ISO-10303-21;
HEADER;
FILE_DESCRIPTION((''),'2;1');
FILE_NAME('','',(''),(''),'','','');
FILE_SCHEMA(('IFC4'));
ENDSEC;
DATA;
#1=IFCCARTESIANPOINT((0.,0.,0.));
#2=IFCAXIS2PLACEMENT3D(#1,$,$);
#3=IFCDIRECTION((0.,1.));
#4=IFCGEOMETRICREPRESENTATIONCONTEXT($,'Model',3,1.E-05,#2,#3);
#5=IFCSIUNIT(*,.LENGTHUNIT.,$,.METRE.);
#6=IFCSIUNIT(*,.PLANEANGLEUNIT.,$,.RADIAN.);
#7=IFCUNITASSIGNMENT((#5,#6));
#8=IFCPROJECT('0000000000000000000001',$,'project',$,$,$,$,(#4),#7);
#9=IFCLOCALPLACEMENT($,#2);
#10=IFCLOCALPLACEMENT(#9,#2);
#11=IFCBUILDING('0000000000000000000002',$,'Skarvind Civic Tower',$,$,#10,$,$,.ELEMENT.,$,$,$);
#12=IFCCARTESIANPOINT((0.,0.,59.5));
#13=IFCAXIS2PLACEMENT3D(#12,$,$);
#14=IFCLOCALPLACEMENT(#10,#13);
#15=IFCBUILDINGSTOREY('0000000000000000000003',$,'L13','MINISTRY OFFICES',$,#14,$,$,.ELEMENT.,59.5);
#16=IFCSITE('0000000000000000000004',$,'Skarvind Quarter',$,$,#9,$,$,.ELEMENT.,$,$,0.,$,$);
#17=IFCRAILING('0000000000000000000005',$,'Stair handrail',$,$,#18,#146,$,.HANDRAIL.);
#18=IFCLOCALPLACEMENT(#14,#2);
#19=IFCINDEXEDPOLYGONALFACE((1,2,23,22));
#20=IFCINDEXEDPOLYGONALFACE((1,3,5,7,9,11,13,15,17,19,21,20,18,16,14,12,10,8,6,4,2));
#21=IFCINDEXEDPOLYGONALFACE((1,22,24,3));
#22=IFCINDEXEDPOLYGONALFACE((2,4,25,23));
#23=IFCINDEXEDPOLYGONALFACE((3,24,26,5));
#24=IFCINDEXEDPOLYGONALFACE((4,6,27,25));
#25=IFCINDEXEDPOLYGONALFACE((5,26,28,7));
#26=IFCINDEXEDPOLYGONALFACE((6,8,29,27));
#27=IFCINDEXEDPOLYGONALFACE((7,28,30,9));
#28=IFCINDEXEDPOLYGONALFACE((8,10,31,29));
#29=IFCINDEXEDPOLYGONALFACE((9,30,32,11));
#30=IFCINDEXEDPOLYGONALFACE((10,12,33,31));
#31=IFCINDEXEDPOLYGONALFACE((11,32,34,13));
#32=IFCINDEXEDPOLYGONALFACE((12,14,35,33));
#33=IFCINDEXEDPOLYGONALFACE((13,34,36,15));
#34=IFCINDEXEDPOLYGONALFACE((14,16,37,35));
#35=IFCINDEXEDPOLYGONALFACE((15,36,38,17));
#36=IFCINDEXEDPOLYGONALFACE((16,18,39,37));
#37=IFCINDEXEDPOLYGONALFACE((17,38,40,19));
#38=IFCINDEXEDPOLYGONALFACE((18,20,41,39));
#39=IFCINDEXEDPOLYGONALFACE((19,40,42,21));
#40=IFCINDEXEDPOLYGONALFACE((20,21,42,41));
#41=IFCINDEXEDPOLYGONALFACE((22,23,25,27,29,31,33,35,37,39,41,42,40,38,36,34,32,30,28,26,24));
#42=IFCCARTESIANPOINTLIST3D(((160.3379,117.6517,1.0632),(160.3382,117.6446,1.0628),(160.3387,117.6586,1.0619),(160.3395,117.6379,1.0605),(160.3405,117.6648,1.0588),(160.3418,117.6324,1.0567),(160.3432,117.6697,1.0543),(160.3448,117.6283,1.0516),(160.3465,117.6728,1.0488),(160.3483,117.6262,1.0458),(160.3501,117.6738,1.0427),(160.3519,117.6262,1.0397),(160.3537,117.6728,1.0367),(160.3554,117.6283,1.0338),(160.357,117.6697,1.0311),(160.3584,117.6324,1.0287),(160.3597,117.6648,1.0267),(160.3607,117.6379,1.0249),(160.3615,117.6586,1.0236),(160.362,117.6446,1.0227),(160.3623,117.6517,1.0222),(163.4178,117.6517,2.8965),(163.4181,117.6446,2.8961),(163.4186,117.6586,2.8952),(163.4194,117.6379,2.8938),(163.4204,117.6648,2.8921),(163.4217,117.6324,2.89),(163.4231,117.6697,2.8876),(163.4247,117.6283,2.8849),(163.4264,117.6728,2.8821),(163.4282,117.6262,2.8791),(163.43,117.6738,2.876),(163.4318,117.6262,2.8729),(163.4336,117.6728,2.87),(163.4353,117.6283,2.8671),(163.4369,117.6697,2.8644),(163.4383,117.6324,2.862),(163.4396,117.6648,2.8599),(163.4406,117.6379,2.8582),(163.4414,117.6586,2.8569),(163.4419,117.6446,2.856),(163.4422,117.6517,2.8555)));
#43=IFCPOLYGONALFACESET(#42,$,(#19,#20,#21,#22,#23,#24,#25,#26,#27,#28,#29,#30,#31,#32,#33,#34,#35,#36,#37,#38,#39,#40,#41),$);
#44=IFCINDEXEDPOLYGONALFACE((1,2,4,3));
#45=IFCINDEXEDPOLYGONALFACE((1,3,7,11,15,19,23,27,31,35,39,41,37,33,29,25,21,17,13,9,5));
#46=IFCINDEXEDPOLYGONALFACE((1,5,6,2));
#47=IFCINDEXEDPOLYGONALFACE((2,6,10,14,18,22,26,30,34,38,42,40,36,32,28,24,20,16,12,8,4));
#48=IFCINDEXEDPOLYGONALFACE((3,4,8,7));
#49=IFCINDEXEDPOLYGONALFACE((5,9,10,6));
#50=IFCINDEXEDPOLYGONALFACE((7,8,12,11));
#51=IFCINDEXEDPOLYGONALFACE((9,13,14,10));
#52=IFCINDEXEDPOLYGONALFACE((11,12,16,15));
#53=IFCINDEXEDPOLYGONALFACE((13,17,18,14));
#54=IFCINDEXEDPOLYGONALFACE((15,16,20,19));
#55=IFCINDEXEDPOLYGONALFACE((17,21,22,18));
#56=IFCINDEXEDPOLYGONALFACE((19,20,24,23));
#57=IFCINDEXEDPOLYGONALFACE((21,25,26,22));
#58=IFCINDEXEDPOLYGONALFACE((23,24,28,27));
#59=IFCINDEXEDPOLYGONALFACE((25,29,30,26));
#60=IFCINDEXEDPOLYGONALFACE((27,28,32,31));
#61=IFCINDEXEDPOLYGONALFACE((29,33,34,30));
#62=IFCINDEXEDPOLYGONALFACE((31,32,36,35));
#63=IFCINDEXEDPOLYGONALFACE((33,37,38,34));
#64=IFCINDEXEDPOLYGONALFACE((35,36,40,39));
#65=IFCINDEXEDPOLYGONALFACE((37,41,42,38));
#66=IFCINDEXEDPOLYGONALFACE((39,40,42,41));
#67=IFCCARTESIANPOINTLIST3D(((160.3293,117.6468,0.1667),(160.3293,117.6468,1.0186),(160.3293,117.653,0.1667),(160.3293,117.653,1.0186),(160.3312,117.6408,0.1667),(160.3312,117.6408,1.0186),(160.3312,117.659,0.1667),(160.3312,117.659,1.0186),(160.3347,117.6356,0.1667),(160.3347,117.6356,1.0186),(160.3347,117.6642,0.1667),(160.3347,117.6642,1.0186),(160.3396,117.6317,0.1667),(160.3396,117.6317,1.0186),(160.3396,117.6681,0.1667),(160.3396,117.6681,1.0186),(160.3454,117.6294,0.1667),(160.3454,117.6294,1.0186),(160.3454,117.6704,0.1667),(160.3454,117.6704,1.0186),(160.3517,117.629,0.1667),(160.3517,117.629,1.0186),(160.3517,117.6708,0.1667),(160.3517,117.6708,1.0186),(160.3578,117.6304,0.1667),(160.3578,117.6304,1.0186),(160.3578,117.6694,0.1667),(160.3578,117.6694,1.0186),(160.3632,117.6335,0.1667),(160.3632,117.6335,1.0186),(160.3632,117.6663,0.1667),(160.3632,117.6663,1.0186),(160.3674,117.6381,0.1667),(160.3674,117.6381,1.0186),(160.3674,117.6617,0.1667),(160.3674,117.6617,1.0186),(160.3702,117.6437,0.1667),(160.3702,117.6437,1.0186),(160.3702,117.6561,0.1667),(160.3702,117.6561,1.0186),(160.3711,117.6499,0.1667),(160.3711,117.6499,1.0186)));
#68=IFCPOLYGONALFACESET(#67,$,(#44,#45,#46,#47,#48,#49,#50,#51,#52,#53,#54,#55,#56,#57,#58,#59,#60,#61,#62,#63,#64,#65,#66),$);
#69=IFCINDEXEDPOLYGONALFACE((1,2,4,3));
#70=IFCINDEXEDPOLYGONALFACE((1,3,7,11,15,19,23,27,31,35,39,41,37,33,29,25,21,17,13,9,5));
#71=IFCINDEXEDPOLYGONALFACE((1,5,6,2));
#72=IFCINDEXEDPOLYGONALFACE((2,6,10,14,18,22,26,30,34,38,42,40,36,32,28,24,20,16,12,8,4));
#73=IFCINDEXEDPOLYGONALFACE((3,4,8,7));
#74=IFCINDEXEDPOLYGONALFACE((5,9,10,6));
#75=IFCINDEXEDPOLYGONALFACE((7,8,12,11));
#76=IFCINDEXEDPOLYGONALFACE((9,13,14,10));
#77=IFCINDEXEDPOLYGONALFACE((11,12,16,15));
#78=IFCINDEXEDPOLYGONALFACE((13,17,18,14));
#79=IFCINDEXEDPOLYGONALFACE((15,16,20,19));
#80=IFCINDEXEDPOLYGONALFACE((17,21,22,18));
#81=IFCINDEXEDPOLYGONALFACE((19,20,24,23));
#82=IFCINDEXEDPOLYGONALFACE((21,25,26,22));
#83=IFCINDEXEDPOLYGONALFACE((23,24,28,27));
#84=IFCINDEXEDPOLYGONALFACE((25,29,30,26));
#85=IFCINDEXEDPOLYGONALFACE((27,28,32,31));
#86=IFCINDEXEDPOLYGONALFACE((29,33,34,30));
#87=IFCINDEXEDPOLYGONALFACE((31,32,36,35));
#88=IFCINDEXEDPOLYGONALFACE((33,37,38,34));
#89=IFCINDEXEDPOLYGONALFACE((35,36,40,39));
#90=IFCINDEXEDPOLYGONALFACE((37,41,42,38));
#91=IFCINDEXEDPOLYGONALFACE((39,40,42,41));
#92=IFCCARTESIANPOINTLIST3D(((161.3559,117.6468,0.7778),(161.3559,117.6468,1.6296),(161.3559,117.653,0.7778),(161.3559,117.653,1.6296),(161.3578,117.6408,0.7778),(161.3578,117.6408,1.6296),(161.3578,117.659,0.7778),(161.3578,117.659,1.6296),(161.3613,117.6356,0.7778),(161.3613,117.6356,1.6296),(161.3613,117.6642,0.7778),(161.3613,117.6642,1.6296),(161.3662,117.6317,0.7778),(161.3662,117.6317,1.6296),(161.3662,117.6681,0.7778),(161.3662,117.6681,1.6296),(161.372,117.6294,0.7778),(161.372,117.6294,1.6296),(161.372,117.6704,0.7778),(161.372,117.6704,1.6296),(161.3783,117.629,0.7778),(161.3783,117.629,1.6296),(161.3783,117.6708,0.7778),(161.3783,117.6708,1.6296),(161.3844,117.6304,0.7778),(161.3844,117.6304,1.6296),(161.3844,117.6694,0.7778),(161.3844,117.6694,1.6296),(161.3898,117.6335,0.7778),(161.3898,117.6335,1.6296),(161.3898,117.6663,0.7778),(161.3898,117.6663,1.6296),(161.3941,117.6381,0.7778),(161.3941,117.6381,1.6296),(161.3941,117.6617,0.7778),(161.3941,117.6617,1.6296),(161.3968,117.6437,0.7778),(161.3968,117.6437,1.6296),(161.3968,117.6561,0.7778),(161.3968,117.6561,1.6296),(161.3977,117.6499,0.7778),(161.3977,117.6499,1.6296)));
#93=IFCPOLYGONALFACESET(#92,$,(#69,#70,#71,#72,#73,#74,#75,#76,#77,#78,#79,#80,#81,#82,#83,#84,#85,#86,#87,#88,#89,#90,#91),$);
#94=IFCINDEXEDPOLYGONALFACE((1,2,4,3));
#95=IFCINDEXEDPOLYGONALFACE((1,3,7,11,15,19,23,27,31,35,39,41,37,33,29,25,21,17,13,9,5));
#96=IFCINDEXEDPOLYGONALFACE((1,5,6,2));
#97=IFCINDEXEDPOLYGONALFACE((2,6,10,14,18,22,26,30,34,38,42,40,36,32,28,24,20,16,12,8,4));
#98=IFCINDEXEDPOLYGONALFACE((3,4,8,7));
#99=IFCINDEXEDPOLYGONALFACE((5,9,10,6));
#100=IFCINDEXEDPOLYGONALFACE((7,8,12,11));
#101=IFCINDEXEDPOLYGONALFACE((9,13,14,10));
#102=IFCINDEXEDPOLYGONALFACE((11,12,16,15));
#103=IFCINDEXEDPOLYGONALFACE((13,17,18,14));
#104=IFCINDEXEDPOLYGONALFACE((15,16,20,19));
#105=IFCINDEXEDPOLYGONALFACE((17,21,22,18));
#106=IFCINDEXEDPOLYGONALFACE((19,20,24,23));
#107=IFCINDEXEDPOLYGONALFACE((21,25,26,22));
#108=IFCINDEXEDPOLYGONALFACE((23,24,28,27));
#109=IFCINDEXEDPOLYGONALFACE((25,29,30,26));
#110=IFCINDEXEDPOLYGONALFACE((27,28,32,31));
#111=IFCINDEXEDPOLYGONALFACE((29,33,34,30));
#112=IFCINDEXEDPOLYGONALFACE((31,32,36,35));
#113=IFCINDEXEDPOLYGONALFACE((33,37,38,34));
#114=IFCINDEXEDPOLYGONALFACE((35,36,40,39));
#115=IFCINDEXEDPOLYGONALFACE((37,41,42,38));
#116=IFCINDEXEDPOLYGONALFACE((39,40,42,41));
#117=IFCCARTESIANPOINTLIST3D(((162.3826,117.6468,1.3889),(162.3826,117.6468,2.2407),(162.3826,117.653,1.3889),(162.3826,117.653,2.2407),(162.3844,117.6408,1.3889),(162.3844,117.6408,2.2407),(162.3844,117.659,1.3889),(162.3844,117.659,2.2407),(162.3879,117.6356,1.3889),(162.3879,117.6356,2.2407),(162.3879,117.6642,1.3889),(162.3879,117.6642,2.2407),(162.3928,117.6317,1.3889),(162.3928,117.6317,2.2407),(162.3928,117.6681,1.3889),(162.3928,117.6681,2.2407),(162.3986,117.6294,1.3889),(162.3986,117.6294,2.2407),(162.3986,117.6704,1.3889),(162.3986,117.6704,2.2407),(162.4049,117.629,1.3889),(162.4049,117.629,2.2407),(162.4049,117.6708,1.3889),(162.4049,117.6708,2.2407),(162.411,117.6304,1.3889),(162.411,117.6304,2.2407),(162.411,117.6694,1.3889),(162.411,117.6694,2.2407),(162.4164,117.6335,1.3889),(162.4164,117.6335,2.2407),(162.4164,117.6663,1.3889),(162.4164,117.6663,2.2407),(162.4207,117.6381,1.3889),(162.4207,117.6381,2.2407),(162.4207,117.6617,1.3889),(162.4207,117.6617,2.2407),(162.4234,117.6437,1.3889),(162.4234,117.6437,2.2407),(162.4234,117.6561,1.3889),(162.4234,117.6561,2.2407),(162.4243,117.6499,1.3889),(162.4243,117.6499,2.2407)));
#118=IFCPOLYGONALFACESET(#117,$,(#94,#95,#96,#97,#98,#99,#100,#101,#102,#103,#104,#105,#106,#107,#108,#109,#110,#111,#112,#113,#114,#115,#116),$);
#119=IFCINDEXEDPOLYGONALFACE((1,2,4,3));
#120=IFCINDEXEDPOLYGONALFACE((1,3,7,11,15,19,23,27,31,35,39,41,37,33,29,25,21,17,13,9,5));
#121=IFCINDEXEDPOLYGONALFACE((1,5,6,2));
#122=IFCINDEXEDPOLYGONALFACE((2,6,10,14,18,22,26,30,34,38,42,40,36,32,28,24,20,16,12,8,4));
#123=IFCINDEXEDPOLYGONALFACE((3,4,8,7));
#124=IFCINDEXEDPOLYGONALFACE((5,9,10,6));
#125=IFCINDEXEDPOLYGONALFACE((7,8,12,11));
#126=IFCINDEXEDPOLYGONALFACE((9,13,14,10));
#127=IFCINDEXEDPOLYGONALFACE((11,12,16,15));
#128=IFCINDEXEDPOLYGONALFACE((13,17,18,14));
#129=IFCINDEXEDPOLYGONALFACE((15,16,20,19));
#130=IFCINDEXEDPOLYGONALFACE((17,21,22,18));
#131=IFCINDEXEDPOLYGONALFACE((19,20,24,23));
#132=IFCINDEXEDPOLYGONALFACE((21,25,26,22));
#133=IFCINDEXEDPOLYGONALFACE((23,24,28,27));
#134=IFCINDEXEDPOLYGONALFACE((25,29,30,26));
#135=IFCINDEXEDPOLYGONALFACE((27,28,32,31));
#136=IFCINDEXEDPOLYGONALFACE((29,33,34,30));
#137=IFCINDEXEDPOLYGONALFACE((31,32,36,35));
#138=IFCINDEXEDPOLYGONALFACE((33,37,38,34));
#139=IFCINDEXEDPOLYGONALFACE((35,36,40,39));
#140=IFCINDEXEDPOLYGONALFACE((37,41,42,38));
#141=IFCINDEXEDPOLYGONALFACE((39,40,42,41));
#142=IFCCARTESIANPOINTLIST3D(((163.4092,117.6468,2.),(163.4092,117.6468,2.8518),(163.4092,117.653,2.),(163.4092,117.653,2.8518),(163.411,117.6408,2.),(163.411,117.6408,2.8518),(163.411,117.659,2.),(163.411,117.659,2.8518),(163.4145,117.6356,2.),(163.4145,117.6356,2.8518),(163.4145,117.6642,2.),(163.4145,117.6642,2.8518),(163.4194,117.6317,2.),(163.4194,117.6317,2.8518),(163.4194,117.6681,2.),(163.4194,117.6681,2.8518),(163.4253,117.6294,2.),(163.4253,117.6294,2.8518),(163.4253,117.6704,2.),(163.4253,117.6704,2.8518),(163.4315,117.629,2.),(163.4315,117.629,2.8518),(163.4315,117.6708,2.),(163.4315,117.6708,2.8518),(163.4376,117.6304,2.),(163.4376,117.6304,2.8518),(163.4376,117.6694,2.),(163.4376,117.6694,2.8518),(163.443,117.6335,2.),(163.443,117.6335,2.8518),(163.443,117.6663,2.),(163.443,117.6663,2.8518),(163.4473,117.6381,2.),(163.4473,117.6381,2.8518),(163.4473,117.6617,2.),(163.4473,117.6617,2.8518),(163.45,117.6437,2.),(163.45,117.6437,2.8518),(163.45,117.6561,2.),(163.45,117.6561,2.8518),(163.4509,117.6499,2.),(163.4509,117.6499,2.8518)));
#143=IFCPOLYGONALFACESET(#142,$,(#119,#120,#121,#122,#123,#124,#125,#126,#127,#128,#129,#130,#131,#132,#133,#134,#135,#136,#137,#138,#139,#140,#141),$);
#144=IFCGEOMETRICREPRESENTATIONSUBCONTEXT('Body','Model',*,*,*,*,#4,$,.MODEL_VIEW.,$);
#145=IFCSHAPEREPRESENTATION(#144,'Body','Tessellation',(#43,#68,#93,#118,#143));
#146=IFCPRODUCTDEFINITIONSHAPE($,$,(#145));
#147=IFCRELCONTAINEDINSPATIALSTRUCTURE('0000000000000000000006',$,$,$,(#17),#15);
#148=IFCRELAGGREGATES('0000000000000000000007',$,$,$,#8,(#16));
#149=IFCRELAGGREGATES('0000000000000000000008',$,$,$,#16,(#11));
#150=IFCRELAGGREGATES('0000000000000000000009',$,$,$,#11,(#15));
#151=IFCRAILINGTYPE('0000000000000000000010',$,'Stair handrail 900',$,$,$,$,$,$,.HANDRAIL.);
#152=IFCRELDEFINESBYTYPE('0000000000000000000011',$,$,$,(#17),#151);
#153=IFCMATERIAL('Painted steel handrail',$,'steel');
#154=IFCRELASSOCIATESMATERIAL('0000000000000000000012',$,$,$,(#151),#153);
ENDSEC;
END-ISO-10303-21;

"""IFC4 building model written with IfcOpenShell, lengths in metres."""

from ifc_helpers import new_model, si_unit, direction, frame, origin, origin_2d, place, context, subcontext, project, spatial, circle, extrude, material, type_object, element, save


model = new_model("IFC4")

# Units and contexts
model_context = context("Model", 3, precision=1e-05, world=origin(), true_north=direction((0.0, 1.0)))
body_context = subcontext(model_context, "Body", "Model", "MODEL_VIEW")
ifc_project = project(units=[si_unit("LENGTHUNIT", "METRE"), si_unit("PLANEANGLEUNIT", "RADIAN")], contexts=[model_context])

# Site, building, storey
site_placement = place(None, origin())
site = spatial("IfcSite", under=ifc_project, at=site_placement, Name="Skarvind Quarter", CompositionType="ELEMENT", RefElevation=0.0)
building_placement = place(site_placement, origin())
building = spatial("IfcBuilding", under=site, at=building_placement, Name="Skarvind Civic Tower", CompositionType="ELEMENT")
storey_placement = place(building_placement, frame((0.0, 0.0, 59.5)))
storey = spatial("IfcBuildingStorey", under=building, at=storey_placement, Name="L13", Description="MINISTRY OFFICES", CompositionType="ELEMENT", Elevation=59.5)

# Railing
ifc_material_1 = material(Name="Painted steel handrail", Category="steel")
railing_type = type_object("IfcRailingType", Name="Stair handrail 900", PredefinedType="HANDRAIL", material=ifc_material_1)
railing_placement = place(storey_placement, frame((160.3501, 117.6499, 0.1667)))
element("IfcRailing", 1, at=railing_placement, inside=storey, type_object=railing_type, Name="Stair handrail", PredefinedType="HANDRAIL", context=body_context, shape_type="SweptSolid", body=[
    extrude(circle(Radius=0.0239, at=origin_2d()), frame((0.0, 0.0, 0.876), z_axis=(0.859291, 0.0, 0.511487), x_axis=(0.0, 1.0, 0.0)), (0.0, 0.0, 1.0), 3.5842),
    extrude(circle(Radius=0.021, at=origin_2d()), origin(), (0.0, 0.0, 1.0), 0.8518),
    extrude(circle(Radius=0.021, at=origin_2d()), frame((1.0266, 0.0, 0.6111)), (0.0, 0.0, 1.0), 0.8518),
    extrude(circle(Radius=0.021, at=origin_2d()), frame((2.0532, 0.0, 1.2222)), (0.0, 0.0, 1.0), 0.8518),
    extrude(circle(Radius=0.021, at=origin_2d()), frame((3.0798, 0.0, 1.8333)), (0.0, 0.0, 1.0), 0.8518),
])

save(model, "model.ifc")
